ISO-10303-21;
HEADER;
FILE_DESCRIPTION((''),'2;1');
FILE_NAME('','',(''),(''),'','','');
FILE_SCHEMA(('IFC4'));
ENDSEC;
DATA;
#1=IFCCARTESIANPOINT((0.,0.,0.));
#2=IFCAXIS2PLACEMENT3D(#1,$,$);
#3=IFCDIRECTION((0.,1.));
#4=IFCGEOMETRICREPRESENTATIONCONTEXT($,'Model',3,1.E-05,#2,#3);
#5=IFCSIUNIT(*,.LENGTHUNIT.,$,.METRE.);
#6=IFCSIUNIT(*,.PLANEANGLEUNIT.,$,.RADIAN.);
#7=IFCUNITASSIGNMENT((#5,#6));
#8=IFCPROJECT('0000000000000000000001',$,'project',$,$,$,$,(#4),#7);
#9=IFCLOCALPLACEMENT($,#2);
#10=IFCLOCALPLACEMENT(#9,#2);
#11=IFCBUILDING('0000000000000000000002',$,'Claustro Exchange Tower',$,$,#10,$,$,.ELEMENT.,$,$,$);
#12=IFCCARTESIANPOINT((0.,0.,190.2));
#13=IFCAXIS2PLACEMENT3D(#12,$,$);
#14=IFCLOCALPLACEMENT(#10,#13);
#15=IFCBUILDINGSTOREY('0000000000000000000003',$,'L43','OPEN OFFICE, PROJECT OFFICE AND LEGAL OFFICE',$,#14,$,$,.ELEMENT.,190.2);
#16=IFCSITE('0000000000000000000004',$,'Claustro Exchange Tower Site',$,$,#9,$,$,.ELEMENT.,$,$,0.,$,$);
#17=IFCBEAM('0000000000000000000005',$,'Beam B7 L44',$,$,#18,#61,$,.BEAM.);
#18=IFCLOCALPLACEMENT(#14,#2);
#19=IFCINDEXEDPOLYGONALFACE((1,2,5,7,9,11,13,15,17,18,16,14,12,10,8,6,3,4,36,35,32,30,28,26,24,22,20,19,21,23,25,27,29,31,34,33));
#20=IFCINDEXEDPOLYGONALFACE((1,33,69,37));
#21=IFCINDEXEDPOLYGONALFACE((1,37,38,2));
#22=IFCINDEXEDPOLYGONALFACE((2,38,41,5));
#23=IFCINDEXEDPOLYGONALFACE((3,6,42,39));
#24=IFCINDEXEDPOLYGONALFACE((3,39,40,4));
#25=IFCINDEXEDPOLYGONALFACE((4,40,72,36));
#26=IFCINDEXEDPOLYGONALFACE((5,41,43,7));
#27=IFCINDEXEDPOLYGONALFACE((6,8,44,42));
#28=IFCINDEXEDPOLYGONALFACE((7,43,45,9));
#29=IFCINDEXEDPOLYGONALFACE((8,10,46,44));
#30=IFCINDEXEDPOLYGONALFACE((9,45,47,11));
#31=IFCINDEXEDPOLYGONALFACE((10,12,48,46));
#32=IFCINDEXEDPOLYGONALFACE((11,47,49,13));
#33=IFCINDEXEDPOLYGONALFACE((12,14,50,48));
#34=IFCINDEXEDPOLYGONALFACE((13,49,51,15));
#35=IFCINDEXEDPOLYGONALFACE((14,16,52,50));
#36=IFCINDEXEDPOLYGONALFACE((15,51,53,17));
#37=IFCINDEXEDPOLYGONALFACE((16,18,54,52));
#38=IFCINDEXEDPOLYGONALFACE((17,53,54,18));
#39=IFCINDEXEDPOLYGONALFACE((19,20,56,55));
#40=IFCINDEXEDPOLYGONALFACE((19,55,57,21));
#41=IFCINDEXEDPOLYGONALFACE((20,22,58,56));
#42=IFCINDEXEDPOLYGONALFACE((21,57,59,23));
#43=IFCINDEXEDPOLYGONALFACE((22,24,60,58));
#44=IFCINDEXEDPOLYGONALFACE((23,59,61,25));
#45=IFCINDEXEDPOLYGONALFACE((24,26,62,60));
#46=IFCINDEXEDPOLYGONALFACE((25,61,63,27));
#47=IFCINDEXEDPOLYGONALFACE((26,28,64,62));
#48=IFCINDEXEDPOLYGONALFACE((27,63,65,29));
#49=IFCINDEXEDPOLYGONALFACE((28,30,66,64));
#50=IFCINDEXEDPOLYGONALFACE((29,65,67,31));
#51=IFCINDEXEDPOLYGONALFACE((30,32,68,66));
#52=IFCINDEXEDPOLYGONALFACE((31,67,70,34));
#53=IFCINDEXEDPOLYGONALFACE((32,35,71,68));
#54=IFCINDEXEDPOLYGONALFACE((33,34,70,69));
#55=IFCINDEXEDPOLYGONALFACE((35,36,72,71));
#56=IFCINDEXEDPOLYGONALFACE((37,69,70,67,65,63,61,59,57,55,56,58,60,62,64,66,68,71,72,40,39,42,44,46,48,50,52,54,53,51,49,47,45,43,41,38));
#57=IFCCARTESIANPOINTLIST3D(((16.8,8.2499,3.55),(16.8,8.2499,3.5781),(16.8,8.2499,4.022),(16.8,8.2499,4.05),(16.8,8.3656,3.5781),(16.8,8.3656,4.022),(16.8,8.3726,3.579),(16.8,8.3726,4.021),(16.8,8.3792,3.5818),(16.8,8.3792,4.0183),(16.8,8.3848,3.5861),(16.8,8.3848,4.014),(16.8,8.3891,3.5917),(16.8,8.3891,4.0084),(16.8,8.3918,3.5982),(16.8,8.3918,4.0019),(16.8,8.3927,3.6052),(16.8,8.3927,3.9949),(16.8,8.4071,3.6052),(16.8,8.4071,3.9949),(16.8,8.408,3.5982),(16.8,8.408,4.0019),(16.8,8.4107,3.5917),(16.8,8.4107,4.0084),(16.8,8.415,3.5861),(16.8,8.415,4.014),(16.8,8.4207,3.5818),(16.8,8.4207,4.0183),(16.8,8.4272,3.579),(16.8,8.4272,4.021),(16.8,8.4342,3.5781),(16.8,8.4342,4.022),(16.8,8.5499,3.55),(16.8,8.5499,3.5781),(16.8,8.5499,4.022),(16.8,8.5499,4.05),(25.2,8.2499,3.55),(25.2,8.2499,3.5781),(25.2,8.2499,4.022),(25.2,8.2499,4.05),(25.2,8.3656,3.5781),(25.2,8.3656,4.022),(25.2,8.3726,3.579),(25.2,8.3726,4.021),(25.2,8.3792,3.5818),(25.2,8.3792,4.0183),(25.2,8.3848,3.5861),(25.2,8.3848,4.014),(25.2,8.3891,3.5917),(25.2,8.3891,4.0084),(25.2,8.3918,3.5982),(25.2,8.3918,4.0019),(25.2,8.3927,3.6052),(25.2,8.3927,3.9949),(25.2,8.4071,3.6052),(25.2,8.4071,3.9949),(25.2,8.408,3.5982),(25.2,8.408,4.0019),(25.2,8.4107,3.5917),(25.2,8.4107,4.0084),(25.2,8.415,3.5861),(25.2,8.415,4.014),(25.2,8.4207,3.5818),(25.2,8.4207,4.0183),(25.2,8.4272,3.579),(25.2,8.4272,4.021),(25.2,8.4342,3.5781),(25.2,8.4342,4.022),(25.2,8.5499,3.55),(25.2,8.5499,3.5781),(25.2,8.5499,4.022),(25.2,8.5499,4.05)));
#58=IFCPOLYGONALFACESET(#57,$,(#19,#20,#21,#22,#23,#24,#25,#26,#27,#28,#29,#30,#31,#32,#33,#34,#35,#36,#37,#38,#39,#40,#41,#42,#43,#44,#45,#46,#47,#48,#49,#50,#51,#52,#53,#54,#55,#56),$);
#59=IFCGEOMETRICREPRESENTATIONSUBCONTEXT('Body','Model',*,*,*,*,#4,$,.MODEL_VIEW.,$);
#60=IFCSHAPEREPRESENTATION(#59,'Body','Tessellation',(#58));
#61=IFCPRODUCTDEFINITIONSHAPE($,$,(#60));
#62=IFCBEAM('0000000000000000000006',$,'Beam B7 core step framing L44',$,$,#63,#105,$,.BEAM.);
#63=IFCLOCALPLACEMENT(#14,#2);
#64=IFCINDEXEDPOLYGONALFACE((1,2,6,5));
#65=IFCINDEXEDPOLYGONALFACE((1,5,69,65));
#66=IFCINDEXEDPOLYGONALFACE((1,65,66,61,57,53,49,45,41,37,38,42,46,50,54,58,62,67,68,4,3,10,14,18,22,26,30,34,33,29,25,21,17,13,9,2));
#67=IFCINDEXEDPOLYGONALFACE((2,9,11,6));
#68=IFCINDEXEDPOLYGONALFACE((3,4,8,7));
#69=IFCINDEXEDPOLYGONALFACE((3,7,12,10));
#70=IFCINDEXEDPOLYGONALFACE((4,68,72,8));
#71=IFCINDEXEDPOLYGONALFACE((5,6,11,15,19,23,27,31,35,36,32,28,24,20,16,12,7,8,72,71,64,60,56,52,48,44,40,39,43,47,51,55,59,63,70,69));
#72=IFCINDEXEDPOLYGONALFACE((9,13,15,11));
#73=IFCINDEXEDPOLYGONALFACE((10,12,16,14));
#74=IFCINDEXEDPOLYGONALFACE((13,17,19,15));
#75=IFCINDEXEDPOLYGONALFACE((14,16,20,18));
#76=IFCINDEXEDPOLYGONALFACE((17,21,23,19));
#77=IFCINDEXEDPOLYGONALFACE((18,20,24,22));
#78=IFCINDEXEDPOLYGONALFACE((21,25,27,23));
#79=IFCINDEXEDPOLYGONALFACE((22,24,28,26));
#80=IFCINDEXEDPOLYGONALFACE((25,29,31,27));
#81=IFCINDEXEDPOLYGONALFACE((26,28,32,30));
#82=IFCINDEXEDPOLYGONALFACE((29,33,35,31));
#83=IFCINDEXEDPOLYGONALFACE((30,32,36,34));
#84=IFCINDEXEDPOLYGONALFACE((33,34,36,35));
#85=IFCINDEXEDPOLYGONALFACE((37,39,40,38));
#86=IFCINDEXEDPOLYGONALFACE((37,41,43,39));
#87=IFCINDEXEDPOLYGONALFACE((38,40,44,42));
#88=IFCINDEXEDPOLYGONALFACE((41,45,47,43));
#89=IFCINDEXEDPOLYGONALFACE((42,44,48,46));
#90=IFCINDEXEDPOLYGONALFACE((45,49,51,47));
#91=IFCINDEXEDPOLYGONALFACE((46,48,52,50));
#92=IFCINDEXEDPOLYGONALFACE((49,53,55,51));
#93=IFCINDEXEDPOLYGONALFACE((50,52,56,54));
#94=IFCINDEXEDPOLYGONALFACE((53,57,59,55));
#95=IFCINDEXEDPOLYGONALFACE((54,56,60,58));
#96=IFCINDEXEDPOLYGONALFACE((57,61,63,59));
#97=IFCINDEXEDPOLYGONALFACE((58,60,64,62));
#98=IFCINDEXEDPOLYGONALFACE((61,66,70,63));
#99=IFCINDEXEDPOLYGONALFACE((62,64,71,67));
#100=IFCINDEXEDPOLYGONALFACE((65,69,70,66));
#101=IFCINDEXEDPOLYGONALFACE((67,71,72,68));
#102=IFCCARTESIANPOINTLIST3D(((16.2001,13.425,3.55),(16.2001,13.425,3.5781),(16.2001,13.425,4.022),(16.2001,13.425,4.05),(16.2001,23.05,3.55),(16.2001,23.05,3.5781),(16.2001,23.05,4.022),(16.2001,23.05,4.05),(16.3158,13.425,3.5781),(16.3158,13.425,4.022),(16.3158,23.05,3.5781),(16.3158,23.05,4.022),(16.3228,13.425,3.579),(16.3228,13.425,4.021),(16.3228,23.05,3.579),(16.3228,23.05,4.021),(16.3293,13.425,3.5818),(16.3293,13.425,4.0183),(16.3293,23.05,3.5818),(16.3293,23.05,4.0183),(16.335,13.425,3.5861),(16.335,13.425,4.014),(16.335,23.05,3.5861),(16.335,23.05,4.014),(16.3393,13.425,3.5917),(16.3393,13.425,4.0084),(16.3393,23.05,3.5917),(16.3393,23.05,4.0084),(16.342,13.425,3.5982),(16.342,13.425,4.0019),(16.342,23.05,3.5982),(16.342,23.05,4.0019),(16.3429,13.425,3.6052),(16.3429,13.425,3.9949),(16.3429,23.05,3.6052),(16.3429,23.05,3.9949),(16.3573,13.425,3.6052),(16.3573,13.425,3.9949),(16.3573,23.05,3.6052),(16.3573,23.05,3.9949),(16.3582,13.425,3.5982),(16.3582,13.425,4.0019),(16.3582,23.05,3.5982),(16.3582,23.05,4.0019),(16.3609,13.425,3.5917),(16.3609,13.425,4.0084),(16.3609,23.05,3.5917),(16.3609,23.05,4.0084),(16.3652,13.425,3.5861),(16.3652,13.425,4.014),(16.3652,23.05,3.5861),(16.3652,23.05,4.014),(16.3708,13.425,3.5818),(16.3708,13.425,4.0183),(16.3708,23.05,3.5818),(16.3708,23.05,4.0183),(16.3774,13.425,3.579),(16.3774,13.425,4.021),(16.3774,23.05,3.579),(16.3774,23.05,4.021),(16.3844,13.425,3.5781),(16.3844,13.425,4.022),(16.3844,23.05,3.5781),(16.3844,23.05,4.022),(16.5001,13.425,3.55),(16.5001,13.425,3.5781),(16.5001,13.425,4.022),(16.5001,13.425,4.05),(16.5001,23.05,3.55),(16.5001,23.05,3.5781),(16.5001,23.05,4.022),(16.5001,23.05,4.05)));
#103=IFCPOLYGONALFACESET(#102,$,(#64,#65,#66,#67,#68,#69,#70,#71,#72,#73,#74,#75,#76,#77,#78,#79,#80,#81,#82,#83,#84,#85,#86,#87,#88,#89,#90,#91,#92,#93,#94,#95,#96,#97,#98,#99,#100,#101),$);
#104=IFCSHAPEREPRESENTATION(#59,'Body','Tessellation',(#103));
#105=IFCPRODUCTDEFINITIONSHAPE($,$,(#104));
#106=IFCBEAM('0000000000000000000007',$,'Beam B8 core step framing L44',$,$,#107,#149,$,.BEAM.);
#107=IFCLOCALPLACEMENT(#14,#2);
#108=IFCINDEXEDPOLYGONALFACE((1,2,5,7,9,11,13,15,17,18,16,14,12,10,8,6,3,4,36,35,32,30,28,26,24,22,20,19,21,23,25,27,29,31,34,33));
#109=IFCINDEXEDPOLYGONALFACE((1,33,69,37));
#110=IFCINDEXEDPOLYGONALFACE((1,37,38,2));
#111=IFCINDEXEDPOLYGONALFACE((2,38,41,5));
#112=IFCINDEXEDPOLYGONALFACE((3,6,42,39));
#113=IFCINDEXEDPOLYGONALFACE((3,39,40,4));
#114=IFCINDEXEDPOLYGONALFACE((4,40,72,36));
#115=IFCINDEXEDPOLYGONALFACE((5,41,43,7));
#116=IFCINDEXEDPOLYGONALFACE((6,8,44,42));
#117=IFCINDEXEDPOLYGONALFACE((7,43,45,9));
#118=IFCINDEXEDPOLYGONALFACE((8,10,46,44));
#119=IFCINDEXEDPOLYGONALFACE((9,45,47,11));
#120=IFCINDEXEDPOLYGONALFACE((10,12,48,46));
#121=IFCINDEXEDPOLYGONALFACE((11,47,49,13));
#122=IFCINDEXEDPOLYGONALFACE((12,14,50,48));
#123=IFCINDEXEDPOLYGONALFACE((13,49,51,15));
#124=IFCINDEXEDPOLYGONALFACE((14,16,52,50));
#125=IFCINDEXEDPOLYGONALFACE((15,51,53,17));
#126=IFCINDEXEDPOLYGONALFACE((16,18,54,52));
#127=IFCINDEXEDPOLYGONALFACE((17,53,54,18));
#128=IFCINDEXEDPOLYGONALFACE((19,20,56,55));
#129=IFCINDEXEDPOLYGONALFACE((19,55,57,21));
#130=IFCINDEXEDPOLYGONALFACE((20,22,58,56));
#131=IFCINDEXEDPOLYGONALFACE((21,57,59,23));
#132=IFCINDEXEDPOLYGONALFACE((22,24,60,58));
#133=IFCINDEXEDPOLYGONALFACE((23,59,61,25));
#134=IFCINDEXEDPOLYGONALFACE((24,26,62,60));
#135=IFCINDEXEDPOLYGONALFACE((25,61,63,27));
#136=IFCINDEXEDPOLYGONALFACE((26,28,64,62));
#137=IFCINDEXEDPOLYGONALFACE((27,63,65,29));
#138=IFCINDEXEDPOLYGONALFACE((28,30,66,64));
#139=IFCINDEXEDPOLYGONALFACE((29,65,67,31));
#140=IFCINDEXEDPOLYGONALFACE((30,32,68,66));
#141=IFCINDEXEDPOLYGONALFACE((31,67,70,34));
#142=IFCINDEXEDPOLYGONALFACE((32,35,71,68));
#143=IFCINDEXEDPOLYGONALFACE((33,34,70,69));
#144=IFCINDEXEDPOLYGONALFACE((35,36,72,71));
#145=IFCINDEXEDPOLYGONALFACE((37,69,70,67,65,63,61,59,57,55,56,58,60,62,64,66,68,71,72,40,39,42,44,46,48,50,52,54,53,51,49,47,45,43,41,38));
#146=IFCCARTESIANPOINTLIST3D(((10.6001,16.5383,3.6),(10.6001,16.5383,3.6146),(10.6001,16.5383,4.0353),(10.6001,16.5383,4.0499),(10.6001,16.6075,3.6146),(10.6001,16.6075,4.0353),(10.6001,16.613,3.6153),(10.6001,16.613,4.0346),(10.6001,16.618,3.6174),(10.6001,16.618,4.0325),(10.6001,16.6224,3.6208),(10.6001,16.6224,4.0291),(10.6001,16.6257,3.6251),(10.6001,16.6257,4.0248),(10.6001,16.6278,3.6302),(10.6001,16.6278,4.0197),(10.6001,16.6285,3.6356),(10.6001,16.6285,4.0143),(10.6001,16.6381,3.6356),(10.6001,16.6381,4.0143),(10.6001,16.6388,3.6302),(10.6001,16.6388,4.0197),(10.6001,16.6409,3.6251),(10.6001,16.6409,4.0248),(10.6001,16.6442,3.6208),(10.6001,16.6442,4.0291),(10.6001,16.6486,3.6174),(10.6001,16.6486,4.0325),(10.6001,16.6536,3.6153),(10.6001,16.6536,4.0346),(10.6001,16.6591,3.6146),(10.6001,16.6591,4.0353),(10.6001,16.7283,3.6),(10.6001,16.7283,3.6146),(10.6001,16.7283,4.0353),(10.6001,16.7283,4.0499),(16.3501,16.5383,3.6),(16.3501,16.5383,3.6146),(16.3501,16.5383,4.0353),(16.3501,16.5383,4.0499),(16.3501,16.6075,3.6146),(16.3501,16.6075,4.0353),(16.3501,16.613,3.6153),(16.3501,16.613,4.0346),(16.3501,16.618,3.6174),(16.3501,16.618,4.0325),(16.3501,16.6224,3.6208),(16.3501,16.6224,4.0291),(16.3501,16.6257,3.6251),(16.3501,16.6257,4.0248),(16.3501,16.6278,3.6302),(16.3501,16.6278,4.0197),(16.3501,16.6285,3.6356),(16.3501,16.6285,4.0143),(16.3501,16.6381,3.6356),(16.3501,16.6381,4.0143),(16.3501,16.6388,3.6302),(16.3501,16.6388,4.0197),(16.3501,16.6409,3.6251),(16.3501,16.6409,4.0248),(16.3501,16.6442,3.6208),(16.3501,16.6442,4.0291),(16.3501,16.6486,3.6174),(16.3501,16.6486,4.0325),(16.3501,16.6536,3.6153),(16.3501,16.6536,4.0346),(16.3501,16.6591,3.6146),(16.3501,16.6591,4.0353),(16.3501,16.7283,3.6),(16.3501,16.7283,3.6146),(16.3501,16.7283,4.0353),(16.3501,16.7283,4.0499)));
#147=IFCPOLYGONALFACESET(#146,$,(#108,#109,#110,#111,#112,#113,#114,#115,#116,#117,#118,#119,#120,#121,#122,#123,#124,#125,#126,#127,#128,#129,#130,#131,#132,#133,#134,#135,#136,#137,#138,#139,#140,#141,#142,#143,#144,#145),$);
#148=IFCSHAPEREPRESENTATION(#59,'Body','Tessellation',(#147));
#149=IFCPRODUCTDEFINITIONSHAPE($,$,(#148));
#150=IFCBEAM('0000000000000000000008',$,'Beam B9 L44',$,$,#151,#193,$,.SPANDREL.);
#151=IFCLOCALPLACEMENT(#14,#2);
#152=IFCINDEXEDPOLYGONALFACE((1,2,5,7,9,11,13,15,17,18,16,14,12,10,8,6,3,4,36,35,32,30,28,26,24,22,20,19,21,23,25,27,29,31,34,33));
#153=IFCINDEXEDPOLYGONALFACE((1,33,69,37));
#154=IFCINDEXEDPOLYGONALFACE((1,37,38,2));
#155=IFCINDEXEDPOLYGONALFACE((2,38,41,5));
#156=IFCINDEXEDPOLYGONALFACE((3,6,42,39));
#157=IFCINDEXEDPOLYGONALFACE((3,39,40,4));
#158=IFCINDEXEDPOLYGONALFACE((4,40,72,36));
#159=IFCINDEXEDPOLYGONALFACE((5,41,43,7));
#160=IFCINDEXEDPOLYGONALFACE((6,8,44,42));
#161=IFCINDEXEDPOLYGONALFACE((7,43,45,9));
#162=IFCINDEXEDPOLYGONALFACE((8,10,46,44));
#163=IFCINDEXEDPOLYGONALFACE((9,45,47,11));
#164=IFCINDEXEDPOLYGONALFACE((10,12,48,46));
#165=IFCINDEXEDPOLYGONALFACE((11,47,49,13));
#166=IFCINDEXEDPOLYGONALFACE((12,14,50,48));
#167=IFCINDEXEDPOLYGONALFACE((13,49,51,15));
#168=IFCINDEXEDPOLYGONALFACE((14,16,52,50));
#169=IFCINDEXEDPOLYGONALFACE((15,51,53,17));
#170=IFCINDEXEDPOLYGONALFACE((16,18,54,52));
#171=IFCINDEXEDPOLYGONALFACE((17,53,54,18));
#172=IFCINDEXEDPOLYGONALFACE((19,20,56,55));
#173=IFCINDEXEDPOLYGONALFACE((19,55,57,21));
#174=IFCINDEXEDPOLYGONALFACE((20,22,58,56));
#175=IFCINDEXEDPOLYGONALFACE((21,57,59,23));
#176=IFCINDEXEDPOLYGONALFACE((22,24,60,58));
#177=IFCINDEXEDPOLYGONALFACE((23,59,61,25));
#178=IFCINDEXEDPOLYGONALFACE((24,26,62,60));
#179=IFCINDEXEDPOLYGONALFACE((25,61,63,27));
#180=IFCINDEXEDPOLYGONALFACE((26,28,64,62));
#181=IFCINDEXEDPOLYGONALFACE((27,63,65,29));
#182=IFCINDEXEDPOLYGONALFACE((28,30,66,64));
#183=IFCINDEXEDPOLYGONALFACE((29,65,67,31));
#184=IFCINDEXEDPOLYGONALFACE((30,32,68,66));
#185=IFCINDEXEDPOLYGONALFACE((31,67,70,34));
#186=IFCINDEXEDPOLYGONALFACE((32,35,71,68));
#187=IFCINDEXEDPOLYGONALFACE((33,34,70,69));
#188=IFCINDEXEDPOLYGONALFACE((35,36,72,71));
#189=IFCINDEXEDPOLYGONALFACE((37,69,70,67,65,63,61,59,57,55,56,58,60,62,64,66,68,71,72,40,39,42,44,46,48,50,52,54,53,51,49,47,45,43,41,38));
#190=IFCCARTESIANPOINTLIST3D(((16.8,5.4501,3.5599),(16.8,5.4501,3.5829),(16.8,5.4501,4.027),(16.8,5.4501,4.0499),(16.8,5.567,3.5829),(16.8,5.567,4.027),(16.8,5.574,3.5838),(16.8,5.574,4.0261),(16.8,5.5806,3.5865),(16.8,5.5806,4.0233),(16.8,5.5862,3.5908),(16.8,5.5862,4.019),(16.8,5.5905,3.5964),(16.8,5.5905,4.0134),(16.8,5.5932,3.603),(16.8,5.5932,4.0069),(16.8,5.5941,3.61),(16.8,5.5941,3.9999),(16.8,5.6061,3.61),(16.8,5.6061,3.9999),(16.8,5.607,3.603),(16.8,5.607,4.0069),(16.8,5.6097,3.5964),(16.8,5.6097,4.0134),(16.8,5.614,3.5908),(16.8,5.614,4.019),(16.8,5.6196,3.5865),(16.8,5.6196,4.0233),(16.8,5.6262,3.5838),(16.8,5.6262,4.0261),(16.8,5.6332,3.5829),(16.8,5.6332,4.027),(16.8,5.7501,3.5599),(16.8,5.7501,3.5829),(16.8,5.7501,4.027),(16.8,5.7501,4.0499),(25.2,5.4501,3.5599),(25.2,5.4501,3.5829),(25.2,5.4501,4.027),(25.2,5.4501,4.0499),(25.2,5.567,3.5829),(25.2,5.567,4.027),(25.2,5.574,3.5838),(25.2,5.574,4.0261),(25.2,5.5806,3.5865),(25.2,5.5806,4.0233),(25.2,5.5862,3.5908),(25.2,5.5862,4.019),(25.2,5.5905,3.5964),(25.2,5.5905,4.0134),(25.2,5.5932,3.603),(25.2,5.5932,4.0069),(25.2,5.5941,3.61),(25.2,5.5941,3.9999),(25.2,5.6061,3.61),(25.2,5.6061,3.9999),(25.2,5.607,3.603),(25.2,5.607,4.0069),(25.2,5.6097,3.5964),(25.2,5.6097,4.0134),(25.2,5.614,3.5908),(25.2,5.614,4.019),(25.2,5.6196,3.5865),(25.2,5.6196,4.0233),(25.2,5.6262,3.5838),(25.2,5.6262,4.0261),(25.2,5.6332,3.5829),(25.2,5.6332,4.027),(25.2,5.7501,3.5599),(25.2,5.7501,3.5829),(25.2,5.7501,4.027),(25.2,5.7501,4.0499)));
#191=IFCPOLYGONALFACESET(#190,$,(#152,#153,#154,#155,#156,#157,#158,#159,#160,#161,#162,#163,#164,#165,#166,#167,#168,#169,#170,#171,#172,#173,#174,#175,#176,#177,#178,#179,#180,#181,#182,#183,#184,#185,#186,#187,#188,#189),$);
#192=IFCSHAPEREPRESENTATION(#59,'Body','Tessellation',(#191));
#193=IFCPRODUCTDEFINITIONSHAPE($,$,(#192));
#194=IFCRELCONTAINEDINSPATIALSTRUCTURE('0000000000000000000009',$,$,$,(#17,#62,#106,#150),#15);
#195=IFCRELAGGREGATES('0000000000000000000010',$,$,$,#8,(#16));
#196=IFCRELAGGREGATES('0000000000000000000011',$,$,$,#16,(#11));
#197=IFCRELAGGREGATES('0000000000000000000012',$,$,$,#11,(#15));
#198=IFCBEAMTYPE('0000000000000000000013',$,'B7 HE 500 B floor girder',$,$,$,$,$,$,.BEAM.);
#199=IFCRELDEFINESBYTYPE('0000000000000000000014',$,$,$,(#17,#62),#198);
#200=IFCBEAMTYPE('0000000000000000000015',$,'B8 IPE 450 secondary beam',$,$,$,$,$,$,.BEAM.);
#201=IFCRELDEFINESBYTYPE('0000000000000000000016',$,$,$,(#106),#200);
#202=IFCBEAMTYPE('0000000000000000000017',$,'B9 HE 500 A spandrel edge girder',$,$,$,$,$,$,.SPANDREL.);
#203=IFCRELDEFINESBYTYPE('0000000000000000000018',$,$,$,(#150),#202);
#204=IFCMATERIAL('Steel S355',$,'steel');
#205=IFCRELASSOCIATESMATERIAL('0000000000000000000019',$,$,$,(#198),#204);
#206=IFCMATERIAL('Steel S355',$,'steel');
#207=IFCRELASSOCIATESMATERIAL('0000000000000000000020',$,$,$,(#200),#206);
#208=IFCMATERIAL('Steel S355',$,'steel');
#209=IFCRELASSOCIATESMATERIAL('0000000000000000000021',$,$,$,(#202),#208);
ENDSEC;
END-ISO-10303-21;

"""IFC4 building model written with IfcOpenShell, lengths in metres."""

from ifc_helpers import new_model, si_unit, direction, frame, origin, origin_2d, place, context, subcontext, project, spatial, i_section, extrude, material, material_profile, profile_set, type_object, element, save


model = new_model("IFC4")

# Units and contexts
model_context = context("Model", 3, precision=1e-05, world=origin(), true_north=direction((0.0, 1.0)))
body_context = subcontext(model_context, "Body", "Model", "MODEL_VIEW")
ifc_project = project(units=[si_unit("LENGTHUNIT", "METRE"), si_unit("PLANEANGLEUNIT", "RADIAN")], contexts=[model_context])

# Site, building, storey
site_placement = place(None, origin())
site = spatial("IfcSite", under=ifc_project, at=site_placement, Name="Claustro Exchange Tower Site", CompositionType="ELEMENT", RefElevation=0.0)
building_placement = place(site_placement, origin())
building = spatial("IfcBuilding", under=site, at=building_placement, Name="Claustro Exchange Tower", CompositionType="ELEMENT")
storey_placement = place(building_placement, frame((0.0, 0.0, 190.2)))
storey = spatial("IfcBuildingStorey", under=building, at=storey_placement, Name="L43", Description="OPEN OFFICE, PROJECT OFFICE AND LEGAL OFFICE", CompositionType="ELEMENT", Elevation=190.2)

# Beams
ifc_material_1 = material(Name="Steel S355", Category="steel")
ifc_material_profile_1 = material_profile(ifc_material_1, i_section(OverallWidth=0.3, OverallDepth=0.5, WebThickness=0.0144, FlangeThickness=0.0281, FilletRadius=0.0271, at=origin_2d()), Name="HE 500 B")
ifc_profile_set_1 = profile_set([ifc_material_profile_1], Name="Steel S355")
beam_type_1 = type_object("IfcBeamType", Name="B7 HE 500 B floor girder", PredefinedType="BEAM", material=ifc_profile_set_1)
beam_1_placement = place(storey_placement, frame((16.8, 8.3999, 3.8), z_axis=(1.0, 0.0, 0.0), x_axis=(0.0, 1.0, 0.0)))
element("IfcBeam", 1, at=beam_1_placement, inside=storey, type_object=beam_type_1, Name="Beam B7 L44", PredefinedType="BEAM", context=body_context, shape_type="SweptSolid", body=[
    extrude(i_section(OverallWidth=0.3, OverallDepth=0.5, WebThickness=0.0144, FlangeThickness=0.0281, FilletRadius=0.0271, at=origin_2d()), origin(), (0.0, 0.0, 1.0), 8.3999),
])
beam_2_placement = place(storey_placement, frame((16.3501, 13.425, 3.8), z_axis=(0.0, 1.0, 0.0), x_axis=(-1.0, 0.0, 0.0)))
element("IfcBeam", 2, at=beam_2_placement, inside=storey, type_object=beam_type_1, Name="Beam B7 core step framing L44", PredefinedType="BEAM", context=body_context, shape_type="SweptSolid", body=[
    extrude(i_section(OverallWidth=0.3, OverallDepth=0.5, WebThickness=0.0144, FlangeThickness=0.0281, FilletRadius=0.0271, at=origin_2d()), origin(), (0.0, 0.0, 1.0), 9.625),
])
ifc_material_2 = material(Name="Steel S355", Category="steel")
ifc_material_profile_2 = material_profile(ifc_material_2, i_section(OverallWidth=0.1899, OverallDepth=0.45, WebThickness=0.0095, FlangeThickness=0.0146, FilletRadius=0.021, at=origin_2d()), Name="IPE 450")
ifc_profile_set_2 = profile_set([ifc_material_profile_2], Name="Steel S355")
beam_type_2 = type_object("IfcBeamType", Name="B8 IPE 450 secondary beam", PredefinedType="BEAM", material=ifc_profile_set_2)
beam_3_placement = place(storey_placement, frame((10.6001, 16.6333, 3.825), z_axis=(1.0, 0.0, 0.0), x_axis=(0.0, 1.0, 0.0)))
element("IfcBeam", 3, at=beam_3_placement, inside=storey, type_object=beam_type_2, Name="Beam B8 core step framing L44", PredefinedType="BEAM", context=body_context, shape_type="SweptSolid", body=[
    extrude(i_section(OverallWidth=0.1899, OverallDepth=0.45, WebThickness=0.0095, FlangeThickness=0.0146, FilletRadius=0.021, at=origin_2d()), origin(), (0.0, 0.0, 1.0), 5.75),
])
ifc_material_3 = material(Name="Steel S355", Category="steel")
ifc_material_profile_3 = material_profile(ifc_material_3, i_section(OverallWidth=0.3, OverallDepth=0.49, WebThickness=0.012, FlangeThickness=0.0229, FilletRadius=0.0271, at=origin_2d()), Name="HE 500 A")
ifc_profile_set_3 = profile_set([ifc_material_profile_3], Name="Steel S355")
beam_type_3 = type_object("IfcBeamType", Name="B9 HE 500 A spandrel edge girder", PredefinedType="SPANDREL", material=ifc_profile_set_3)
beam_4_placement = place(storey_placement, frame((16.8, 5.6001, 3.8049), z_axis=(1.0, 0.0, 0.0), x_axis=(0.0, 1.0, 0.0)))
element("IfcBeam", 4, at=beam_4_placement, inside=storey, type_object=beam_type_3, Name="Beam B9 L44", PredefinedType="SPANDREL", context=body_context, shape_type="SweptSolid", body=[
    extrude(i_section(OverallWidth=0.3, OverallDepth=0.49, WebThickness=0.012, FlangeThickness=0.0229, FilletRadius=0.0271, at=origin_2d()), origin(), (0.0, 0.0, 1.0), 8.3999),
])

save(model, "model.ifc")
